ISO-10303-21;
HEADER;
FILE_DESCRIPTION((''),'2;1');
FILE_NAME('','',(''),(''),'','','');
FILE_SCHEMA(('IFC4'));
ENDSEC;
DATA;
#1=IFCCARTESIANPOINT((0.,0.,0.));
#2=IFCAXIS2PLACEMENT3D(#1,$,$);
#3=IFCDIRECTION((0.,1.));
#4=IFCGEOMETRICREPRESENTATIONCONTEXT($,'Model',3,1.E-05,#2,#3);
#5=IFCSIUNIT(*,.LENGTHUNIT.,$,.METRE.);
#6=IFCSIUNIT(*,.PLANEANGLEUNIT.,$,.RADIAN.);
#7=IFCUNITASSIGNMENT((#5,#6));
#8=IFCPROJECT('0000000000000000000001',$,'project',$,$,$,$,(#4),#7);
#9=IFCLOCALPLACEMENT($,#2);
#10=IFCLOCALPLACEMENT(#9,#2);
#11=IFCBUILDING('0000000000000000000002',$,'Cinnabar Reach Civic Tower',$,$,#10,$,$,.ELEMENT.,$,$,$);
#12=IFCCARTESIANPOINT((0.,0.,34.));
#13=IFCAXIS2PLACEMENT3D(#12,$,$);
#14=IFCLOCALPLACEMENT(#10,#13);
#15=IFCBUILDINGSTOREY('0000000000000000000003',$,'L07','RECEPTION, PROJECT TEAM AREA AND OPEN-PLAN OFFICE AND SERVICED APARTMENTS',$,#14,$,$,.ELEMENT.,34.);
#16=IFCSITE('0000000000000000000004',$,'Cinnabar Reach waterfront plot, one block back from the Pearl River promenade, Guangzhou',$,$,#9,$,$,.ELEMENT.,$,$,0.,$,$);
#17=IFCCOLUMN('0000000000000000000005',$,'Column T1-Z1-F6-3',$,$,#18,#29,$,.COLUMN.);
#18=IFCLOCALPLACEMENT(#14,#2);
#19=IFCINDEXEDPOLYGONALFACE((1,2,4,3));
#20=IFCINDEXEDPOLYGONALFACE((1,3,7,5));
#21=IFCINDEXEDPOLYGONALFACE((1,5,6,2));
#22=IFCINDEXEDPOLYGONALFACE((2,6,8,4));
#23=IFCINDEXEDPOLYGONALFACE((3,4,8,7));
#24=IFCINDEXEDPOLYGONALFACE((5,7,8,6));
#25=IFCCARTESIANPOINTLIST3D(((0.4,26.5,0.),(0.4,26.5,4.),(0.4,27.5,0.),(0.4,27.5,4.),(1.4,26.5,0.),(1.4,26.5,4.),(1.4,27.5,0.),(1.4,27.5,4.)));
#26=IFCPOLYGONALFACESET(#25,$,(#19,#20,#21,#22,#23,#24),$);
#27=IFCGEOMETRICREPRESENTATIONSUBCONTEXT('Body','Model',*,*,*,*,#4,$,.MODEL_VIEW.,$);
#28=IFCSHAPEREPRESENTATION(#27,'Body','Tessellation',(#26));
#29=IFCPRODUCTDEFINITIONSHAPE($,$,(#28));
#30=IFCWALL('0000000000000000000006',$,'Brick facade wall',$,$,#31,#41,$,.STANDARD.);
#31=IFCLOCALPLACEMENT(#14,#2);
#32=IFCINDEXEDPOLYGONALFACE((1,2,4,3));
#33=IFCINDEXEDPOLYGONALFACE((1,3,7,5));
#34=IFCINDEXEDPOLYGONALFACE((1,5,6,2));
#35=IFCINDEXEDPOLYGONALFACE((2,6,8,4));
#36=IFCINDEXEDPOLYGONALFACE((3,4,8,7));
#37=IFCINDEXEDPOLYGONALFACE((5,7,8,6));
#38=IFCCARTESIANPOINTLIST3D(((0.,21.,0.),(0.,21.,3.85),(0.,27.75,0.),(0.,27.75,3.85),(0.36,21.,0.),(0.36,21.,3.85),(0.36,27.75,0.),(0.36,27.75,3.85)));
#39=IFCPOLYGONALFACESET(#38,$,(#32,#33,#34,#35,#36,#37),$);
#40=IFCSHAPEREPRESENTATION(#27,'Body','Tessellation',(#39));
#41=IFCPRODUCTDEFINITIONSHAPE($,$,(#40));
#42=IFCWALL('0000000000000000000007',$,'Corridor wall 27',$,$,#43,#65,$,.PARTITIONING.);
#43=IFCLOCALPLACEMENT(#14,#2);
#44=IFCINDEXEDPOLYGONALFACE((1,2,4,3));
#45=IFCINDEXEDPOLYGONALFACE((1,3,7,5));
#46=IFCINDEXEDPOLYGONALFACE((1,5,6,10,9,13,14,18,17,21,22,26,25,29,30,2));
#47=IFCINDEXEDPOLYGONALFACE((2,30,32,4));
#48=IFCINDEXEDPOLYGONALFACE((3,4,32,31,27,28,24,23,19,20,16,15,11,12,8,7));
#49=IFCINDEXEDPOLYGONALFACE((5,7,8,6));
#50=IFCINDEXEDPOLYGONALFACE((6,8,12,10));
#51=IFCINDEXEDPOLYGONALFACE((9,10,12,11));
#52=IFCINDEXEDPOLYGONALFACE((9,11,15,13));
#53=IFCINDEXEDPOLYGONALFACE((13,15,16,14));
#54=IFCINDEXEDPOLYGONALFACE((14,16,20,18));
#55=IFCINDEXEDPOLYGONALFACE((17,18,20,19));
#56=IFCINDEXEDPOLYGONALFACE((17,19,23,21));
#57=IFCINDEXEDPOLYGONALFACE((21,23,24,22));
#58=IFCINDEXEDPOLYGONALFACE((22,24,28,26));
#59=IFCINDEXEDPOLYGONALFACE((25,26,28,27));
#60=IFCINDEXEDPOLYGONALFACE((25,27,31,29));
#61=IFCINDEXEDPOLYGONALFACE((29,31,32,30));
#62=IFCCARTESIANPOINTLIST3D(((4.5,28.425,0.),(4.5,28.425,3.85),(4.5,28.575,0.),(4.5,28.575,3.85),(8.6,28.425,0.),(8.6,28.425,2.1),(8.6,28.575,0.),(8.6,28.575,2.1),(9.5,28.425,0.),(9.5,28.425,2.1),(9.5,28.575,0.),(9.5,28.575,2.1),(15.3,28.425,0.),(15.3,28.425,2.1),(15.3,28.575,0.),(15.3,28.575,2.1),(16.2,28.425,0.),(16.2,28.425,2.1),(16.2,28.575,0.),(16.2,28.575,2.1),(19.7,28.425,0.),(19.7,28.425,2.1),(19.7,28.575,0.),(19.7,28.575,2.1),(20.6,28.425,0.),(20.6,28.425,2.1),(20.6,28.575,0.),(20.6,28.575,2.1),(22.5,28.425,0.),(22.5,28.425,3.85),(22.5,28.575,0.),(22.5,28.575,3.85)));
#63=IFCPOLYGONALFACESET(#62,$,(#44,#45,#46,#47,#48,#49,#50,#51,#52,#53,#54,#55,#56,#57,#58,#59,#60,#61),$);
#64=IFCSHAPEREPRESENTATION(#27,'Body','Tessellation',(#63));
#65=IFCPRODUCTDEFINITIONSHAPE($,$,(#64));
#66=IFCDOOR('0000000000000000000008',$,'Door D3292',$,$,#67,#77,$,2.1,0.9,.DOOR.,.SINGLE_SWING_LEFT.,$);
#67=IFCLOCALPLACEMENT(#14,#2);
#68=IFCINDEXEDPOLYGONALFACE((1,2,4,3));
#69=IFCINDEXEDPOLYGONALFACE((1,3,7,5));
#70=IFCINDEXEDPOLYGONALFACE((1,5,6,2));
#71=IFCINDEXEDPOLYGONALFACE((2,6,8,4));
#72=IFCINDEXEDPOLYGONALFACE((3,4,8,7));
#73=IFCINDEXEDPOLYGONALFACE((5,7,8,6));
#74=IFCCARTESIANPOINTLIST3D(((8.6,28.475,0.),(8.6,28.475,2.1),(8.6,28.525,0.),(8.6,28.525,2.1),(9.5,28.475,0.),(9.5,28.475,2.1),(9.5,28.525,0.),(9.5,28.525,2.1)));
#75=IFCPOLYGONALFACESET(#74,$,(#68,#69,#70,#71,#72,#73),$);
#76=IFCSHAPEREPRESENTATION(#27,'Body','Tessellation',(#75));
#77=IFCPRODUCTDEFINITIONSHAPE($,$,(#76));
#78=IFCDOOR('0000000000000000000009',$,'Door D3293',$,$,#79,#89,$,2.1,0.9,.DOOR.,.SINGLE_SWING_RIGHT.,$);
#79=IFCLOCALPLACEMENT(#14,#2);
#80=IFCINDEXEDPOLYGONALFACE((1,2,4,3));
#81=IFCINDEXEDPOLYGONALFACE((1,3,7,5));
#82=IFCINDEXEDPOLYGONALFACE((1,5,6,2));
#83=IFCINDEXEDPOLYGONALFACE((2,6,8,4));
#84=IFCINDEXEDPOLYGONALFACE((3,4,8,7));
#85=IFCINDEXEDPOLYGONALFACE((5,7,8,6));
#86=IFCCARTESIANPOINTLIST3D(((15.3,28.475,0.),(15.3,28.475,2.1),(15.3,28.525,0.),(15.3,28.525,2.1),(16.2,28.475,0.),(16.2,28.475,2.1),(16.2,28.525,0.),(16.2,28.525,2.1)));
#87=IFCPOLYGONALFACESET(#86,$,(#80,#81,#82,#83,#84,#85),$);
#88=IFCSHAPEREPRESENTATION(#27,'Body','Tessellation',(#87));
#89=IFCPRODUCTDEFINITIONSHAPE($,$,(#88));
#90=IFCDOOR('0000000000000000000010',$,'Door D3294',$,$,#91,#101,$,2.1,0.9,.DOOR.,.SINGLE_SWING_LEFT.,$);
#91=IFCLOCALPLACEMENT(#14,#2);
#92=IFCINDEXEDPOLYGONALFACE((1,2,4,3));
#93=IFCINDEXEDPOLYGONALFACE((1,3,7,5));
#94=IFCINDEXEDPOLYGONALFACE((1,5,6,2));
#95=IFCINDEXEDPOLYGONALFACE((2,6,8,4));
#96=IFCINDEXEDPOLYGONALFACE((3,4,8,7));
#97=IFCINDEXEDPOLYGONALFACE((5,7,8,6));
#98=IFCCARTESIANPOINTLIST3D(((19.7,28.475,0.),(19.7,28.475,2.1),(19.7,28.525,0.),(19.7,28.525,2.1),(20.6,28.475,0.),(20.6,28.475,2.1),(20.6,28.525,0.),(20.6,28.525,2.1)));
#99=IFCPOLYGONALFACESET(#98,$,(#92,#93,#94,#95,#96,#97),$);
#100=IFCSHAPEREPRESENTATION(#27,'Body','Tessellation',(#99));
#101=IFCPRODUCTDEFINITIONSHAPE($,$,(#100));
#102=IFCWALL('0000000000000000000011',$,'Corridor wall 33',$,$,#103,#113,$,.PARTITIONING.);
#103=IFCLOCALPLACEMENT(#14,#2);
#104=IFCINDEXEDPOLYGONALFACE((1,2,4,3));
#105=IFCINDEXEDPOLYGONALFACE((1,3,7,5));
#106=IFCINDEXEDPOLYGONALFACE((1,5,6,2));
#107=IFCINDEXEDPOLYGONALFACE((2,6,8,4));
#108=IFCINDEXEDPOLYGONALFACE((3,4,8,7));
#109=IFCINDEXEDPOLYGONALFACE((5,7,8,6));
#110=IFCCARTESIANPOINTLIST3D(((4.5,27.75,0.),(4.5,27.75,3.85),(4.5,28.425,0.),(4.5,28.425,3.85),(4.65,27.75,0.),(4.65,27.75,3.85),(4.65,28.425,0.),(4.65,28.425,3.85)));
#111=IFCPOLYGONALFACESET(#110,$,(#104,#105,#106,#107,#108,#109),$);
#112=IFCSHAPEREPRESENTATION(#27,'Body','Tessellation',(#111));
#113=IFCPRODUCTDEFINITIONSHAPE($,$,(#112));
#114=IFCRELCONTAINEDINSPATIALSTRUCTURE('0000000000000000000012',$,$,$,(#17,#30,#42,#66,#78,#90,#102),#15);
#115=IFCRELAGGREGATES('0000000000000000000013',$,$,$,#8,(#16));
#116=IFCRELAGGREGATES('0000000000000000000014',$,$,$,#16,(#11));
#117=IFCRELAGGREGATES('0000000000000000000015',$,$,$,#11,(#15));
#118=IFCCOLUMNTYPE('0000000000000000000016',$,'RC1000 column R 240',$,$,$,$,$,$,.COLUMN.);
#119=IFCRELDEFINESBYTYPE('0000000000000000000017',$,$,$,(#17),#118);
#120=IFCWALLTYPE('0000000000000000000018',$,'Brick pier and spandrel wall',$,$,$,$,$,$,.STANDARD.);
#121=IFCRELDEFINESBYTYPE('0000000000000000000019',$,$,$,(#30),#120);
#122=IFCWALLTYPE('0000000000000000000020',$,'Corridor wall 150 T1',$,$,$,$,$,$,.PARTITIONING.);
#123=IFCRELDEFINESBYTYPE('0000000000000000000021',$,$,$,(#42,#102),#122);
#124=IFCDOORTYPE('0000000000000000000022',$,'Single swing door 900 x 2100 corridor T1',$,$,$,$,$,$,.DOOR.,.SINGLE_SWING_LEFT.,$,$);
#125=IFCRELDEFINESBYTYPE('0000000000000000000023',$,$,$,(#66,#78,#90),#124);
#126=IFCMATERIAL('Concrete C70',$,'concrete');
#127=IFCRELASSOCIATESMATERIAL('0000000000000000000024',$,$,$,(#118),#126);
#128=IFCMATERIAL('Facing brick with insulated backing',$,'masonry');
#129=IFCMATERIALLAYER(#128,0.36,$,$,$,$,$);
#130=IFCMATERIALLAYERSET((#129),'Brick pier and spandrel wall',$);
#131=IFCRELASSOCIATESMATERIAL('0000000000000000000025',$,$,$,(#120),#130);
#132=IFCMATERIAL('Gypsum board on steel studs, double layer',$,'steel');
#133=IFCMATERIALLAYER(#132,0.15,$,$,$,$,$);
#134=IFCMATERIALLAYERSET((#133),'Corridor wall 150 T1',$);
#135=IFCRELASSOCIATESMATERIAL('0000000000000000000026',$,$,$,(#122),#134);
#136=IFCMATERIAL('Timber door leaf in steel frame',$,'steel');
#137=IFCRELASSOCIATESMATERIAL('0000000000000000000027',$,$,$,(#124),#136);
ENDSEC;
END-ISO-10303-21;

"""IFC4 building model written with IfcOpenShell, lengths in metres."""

from ifc_helpers import new_model, si_unit, direction, frame, frame_2d, origin, origin_2d, place, context, subcontext, project, spatial, rectangle, extrude, material, layer, layer_set, material_profile, profile_set, type_object, element, fill, save


model = new_model("IFC4")

# Units and contexts
model_context = context("Model", 3, precision=1e-05, world=origin(), true_north=direction((0.0, 1.0)))
body_context = subcontext(model_context, "Body", "Model", "MODEL_VIEW")
ifc_project = project(units=[si_unit("LENGTHUNIT", "METRE"), si_unit("PLANEANGLEUNIT", "RADIAN")], contexts=[model_context])

# Site, building, storey
site_placement = place(None, origin())
site = spatial("IfcSite", under=ifc_project, at=site_placement, Name="Cinnabar Reach waterfront plot, one block back from the Pearl River promenade, Guangzhou", CompositionType="ELEMENT", RefElevation=0.0)
building_placement = place(site_placement, origin())
building = spatial("IfcBuilding", under=site, at=building_placement, Name="Cinnabar Reach Civic Tower", CompositionType="ELEMENT")
storey_placement = place(building_placement, frame((0.0, 0.0, 34.0)))
storey = spatial("IfcBuildingStorey", under=building, at=storey_placement, Name="L07", Description="RECEPTION, PROJECT TEAM AREA AND OPEN-PLAN OFFICE AND SERVICED APARTMENTS", CompositionType="ELEMENT", Elevation=34.0)

# Column
ifc_material_1 = material(Name="Concrete C70", Category="concrete")
ifc_material_profile = material_profile(ifc_material_1, rectangle(XDim=1.0, YDim=1.0, at=origin_2d()), Name="RC1000")
ifc_profile_set = profile_set([ifc_material_profile], Name="Concrete C70")
column_type = type_object("IfcColumnType", Name="RC1000 column R 240", PredefinedType="COLUMN", material=ifc_profile_set)
column_placement = place(storey_placement, frame((0.9, 27.0, 0.0), z_axis=(0.0, 0.0, 1.0), x_axis=(1.0, 0.0, 0.0)))
element("IfcColumn", 1, at=column_placement, inside=storey, type_object=column_type, Name="Column T1-Z1-F6-3", PredefinedType="COLUMN", context=body_context, shape_type="SweptSolid", body=[
    extrude(rectangle(XDim=1.0, YDim=1.0, at=origin_2d()), origin(), (0.0, 0.0, 1.0), 4.0),
])

# Wall
ifc_material_2 = material(Name="Facing brick with insulated backing", Category="masonry")
ifc_layer_1 = layer(ifc_material_2, 0.36)
ifc_layer_set_1 = layer_set([ifc_layer_1], Name="Brick pier and spandrel wall")
wall_type_1 = type_object("IfcWallType", Name="Brick pier and spandrel wall", PredefinedType="STANDARD", material=ifc_layer_set_1)
wall_1_placement = place(storey_placement, frame((0.18, 27.75, 0.0), z_axis=(0.0, 0.0, 1.0), x_axis=(0.0, -1.0, 0.0)))
element("IfcWall", 2, at=wall_1_placement, inside=storey, type_object=wall_type_1, Name="Brick facade wall", PredefinedType="STANDARD", context=body_context, shape_type="SweptSolid", body=[
    extrude(rectangle(XDim=6.75, YDim=0.36, at=frame_2d((3.375, 0.0))), origin(), (0.0, 0.0, 1.0), 3.85),
])

# Wall, openings, doors
ifc_material_3 = material(Name="Gypsum board on steel studs, double layer", Category="steel")
ifc_layer_2 = layer(ifc_material_3, 0.15)
ifc_layer_set_2 = layer_set([ifc_layer_2], Name="Corridor wall 150 T1")
wall_type_2 = type_object("IfcWallType", Name="Corridor wall 150 T1", PredefinedType="PARTITIONING", material=ifc_layer_set_2)
wall_2_placement = place(storey_placement, frame((4.5, 28.5, 0.0), z_axis=(0.0, 0.0, 1.0), x_axis=(1.0, 0.0, 0.0)))
wall_2 = element("IfcWall", 3, at=wall_2_placement, inside=storey, type_object=wall_type_2, Name="Corridor wall 27", PredefinedType="PARTITIONING", context=body_context, shape_type="SweptSolid", body=[
    extrude(rectangle(XDim=18.0, YDim=0.15, at=frame_2d((9.0, 0.0))), origin(), (0.0, 0.0, 1.0), 3.85),
])
opening_1_placement = place(wall_2_placement, frame((4.1, 0.0, 0.0)))
opening_1 = element("IfcOpeningElement", 4, at=opening_1_placement, cuts=wall_2, PredefinedType="OPENING", context=body_context, shape_type="SweptSolid", body=[
    extrude(rectangle(XDim=0.9, YDim=2.1, at=frame_2d((0.45, 1.05))), frame((0.0, 0.085, 0.0), z_axis=(0.0, -1.0, 0.0), x_axis=(1.0, 0.0, 0.0)), (0.0, 0.0, 1.0), 0.17),
])
opening_2_placement = place(wall_2_placement, frame((10.8, 0.0, 0.0)))
opening_2 = element("IfcOpeningElement", 5, at=opening_2_placement, cuts=wall_2, PredefinedType="OPENING", context=body_context, shape_type="SweptSolid", body=[
    extrude(rectangle(XDim=0.9, YDim=2.1, at=frame_2d((0.45, 1.05))), frame((0.0, 0.085, 0.0), z_axis=(0.0, -1.0, 0.0), x_axis=(1.0, 0.0, 0.0)), (0.0, 0.0, 1.0), 0.17),
])
opening_3_placement = place(wall_2_placement, frame((15.2, 0.0, 0.0)))
opening_3 = element("IfcOpeningElement", 6, at=opening_3_placement, cuts=wall_2, PredefinedType="OPENING", context=body_context, shape_type="SweptSolid", body=[
    extrude(rectangle(XDim=0.9, YDim=2.1, at=frame_2d((0.45, 1.05))), frame((0.0, 0.085, 0.0), z_axis=(0.0, -1.0, 0.0), x_axis=(1.0, 0.0, 0.0)), (0.0, 0.0, 1.0), 0.17),
])
ifc_material_4 = material(Name="Timber door leaf in steel frame", Category="steel")
door_type_1 = type_object("IfcDoorType", Name="Single swing door 900 x 2100 corridor T1", OperationType="SINGLE_SWING_LEFT", PredefinedType="DOOR", material=ifc_material_4)
door_1_placement = place(opening_1_placement, origin())
door_1 = element("IfcDoor", 7, at=door_1_placement, inside=storey, type_object=door_type_1, Name="Door D3292", OperationType="SINGLE_SWING_LEFT", OverallHeight=2.1, OverallWidth=0.9, PredefinedType="DOOR", context=body_context, shape_type="SweptSolid", body=[
    extrude(rectangle(XDim=0.9, YDim=2.1, at=frame_2d((0.45, 1.05))), frame((0.0, 0.025, 0.0), z_axis=(0.0, -1.0, 0.0), x_axis=(1.0, 0.0, 0.0)), (0.0, 0.0, 1.0), 0.05),
])
fill(opening_1, door_1)
door_2_placement = place(opening_2_placement, origin())
door_2 = element("IfcDoor", 8, at=door_2_placement, inside=storey, type_object=door_type_1, Name="Door D3293", OperationType="SINGLE_SWING_RIGHT", OverallHeight=2.1, OverallWidth=0.9, PredefinedType="DOOR", context=body_context, shape_type="SweptSolid", body=[
    extrude(rectangle(XDim=0.9, YDim=2.1, at=frame_2d((0.45, 1.05))), frame((0.0, 0.025, 0.0), z_axis=(0.0, -1.0, 0.0), x_axis=(1.0, 0.0, 0.0)), (0.0, 0.0, 1.0), 0.05),
])
fill(opening_2, door_2)
door_3_placement = place(opening_3_placement, origin())
door_3 = element("IfcDoor", 9, at=door_3_placement, inside=storey, type_object=door_type_1, Name="Door D3294", OperationType="SINGLE_SWING_LEFT", OverallHeight=2.1, OverallWidth=0.9, PredefinedType="DOOR", context=body_context, shape_type="SweptSolid", body=[
    extrude(rectangle(XDim=0.9, YDim=2.1, at=frame_2d((0.45, 1.05))), frame((0.0, 0.025, 0.0), z_axis=(0.0, -1.0, 0.0), x_axis=(1.0, 0.0, 0.0)), (0.0, 0.0, 1.0), 0.05),
])
fill(opening_3, door_3)

# Wall
wall_3_placement = place(storey_placement, frame((4.575, 27.75, 0.0), z_axis=(0.0, 0.0, 1.0), x_axis=(0.0, 1.0, 0.0)))
element("IfcWall", 10, at=wall_3_placement, inside=storey, type_object=wall_type_2, Name="Corridor wall 33", PredefinedType="PARTITIONING", context=body_context, shape_type="SweptSolid", body=[
    extrude(rectangle(XDim=0.675, YDim=0.15, at=frame_2d((0.3375, 0.0))), origin(), (0.0, 0.0, 1.0), 3.85),
])

save(model, "model.ifc")
